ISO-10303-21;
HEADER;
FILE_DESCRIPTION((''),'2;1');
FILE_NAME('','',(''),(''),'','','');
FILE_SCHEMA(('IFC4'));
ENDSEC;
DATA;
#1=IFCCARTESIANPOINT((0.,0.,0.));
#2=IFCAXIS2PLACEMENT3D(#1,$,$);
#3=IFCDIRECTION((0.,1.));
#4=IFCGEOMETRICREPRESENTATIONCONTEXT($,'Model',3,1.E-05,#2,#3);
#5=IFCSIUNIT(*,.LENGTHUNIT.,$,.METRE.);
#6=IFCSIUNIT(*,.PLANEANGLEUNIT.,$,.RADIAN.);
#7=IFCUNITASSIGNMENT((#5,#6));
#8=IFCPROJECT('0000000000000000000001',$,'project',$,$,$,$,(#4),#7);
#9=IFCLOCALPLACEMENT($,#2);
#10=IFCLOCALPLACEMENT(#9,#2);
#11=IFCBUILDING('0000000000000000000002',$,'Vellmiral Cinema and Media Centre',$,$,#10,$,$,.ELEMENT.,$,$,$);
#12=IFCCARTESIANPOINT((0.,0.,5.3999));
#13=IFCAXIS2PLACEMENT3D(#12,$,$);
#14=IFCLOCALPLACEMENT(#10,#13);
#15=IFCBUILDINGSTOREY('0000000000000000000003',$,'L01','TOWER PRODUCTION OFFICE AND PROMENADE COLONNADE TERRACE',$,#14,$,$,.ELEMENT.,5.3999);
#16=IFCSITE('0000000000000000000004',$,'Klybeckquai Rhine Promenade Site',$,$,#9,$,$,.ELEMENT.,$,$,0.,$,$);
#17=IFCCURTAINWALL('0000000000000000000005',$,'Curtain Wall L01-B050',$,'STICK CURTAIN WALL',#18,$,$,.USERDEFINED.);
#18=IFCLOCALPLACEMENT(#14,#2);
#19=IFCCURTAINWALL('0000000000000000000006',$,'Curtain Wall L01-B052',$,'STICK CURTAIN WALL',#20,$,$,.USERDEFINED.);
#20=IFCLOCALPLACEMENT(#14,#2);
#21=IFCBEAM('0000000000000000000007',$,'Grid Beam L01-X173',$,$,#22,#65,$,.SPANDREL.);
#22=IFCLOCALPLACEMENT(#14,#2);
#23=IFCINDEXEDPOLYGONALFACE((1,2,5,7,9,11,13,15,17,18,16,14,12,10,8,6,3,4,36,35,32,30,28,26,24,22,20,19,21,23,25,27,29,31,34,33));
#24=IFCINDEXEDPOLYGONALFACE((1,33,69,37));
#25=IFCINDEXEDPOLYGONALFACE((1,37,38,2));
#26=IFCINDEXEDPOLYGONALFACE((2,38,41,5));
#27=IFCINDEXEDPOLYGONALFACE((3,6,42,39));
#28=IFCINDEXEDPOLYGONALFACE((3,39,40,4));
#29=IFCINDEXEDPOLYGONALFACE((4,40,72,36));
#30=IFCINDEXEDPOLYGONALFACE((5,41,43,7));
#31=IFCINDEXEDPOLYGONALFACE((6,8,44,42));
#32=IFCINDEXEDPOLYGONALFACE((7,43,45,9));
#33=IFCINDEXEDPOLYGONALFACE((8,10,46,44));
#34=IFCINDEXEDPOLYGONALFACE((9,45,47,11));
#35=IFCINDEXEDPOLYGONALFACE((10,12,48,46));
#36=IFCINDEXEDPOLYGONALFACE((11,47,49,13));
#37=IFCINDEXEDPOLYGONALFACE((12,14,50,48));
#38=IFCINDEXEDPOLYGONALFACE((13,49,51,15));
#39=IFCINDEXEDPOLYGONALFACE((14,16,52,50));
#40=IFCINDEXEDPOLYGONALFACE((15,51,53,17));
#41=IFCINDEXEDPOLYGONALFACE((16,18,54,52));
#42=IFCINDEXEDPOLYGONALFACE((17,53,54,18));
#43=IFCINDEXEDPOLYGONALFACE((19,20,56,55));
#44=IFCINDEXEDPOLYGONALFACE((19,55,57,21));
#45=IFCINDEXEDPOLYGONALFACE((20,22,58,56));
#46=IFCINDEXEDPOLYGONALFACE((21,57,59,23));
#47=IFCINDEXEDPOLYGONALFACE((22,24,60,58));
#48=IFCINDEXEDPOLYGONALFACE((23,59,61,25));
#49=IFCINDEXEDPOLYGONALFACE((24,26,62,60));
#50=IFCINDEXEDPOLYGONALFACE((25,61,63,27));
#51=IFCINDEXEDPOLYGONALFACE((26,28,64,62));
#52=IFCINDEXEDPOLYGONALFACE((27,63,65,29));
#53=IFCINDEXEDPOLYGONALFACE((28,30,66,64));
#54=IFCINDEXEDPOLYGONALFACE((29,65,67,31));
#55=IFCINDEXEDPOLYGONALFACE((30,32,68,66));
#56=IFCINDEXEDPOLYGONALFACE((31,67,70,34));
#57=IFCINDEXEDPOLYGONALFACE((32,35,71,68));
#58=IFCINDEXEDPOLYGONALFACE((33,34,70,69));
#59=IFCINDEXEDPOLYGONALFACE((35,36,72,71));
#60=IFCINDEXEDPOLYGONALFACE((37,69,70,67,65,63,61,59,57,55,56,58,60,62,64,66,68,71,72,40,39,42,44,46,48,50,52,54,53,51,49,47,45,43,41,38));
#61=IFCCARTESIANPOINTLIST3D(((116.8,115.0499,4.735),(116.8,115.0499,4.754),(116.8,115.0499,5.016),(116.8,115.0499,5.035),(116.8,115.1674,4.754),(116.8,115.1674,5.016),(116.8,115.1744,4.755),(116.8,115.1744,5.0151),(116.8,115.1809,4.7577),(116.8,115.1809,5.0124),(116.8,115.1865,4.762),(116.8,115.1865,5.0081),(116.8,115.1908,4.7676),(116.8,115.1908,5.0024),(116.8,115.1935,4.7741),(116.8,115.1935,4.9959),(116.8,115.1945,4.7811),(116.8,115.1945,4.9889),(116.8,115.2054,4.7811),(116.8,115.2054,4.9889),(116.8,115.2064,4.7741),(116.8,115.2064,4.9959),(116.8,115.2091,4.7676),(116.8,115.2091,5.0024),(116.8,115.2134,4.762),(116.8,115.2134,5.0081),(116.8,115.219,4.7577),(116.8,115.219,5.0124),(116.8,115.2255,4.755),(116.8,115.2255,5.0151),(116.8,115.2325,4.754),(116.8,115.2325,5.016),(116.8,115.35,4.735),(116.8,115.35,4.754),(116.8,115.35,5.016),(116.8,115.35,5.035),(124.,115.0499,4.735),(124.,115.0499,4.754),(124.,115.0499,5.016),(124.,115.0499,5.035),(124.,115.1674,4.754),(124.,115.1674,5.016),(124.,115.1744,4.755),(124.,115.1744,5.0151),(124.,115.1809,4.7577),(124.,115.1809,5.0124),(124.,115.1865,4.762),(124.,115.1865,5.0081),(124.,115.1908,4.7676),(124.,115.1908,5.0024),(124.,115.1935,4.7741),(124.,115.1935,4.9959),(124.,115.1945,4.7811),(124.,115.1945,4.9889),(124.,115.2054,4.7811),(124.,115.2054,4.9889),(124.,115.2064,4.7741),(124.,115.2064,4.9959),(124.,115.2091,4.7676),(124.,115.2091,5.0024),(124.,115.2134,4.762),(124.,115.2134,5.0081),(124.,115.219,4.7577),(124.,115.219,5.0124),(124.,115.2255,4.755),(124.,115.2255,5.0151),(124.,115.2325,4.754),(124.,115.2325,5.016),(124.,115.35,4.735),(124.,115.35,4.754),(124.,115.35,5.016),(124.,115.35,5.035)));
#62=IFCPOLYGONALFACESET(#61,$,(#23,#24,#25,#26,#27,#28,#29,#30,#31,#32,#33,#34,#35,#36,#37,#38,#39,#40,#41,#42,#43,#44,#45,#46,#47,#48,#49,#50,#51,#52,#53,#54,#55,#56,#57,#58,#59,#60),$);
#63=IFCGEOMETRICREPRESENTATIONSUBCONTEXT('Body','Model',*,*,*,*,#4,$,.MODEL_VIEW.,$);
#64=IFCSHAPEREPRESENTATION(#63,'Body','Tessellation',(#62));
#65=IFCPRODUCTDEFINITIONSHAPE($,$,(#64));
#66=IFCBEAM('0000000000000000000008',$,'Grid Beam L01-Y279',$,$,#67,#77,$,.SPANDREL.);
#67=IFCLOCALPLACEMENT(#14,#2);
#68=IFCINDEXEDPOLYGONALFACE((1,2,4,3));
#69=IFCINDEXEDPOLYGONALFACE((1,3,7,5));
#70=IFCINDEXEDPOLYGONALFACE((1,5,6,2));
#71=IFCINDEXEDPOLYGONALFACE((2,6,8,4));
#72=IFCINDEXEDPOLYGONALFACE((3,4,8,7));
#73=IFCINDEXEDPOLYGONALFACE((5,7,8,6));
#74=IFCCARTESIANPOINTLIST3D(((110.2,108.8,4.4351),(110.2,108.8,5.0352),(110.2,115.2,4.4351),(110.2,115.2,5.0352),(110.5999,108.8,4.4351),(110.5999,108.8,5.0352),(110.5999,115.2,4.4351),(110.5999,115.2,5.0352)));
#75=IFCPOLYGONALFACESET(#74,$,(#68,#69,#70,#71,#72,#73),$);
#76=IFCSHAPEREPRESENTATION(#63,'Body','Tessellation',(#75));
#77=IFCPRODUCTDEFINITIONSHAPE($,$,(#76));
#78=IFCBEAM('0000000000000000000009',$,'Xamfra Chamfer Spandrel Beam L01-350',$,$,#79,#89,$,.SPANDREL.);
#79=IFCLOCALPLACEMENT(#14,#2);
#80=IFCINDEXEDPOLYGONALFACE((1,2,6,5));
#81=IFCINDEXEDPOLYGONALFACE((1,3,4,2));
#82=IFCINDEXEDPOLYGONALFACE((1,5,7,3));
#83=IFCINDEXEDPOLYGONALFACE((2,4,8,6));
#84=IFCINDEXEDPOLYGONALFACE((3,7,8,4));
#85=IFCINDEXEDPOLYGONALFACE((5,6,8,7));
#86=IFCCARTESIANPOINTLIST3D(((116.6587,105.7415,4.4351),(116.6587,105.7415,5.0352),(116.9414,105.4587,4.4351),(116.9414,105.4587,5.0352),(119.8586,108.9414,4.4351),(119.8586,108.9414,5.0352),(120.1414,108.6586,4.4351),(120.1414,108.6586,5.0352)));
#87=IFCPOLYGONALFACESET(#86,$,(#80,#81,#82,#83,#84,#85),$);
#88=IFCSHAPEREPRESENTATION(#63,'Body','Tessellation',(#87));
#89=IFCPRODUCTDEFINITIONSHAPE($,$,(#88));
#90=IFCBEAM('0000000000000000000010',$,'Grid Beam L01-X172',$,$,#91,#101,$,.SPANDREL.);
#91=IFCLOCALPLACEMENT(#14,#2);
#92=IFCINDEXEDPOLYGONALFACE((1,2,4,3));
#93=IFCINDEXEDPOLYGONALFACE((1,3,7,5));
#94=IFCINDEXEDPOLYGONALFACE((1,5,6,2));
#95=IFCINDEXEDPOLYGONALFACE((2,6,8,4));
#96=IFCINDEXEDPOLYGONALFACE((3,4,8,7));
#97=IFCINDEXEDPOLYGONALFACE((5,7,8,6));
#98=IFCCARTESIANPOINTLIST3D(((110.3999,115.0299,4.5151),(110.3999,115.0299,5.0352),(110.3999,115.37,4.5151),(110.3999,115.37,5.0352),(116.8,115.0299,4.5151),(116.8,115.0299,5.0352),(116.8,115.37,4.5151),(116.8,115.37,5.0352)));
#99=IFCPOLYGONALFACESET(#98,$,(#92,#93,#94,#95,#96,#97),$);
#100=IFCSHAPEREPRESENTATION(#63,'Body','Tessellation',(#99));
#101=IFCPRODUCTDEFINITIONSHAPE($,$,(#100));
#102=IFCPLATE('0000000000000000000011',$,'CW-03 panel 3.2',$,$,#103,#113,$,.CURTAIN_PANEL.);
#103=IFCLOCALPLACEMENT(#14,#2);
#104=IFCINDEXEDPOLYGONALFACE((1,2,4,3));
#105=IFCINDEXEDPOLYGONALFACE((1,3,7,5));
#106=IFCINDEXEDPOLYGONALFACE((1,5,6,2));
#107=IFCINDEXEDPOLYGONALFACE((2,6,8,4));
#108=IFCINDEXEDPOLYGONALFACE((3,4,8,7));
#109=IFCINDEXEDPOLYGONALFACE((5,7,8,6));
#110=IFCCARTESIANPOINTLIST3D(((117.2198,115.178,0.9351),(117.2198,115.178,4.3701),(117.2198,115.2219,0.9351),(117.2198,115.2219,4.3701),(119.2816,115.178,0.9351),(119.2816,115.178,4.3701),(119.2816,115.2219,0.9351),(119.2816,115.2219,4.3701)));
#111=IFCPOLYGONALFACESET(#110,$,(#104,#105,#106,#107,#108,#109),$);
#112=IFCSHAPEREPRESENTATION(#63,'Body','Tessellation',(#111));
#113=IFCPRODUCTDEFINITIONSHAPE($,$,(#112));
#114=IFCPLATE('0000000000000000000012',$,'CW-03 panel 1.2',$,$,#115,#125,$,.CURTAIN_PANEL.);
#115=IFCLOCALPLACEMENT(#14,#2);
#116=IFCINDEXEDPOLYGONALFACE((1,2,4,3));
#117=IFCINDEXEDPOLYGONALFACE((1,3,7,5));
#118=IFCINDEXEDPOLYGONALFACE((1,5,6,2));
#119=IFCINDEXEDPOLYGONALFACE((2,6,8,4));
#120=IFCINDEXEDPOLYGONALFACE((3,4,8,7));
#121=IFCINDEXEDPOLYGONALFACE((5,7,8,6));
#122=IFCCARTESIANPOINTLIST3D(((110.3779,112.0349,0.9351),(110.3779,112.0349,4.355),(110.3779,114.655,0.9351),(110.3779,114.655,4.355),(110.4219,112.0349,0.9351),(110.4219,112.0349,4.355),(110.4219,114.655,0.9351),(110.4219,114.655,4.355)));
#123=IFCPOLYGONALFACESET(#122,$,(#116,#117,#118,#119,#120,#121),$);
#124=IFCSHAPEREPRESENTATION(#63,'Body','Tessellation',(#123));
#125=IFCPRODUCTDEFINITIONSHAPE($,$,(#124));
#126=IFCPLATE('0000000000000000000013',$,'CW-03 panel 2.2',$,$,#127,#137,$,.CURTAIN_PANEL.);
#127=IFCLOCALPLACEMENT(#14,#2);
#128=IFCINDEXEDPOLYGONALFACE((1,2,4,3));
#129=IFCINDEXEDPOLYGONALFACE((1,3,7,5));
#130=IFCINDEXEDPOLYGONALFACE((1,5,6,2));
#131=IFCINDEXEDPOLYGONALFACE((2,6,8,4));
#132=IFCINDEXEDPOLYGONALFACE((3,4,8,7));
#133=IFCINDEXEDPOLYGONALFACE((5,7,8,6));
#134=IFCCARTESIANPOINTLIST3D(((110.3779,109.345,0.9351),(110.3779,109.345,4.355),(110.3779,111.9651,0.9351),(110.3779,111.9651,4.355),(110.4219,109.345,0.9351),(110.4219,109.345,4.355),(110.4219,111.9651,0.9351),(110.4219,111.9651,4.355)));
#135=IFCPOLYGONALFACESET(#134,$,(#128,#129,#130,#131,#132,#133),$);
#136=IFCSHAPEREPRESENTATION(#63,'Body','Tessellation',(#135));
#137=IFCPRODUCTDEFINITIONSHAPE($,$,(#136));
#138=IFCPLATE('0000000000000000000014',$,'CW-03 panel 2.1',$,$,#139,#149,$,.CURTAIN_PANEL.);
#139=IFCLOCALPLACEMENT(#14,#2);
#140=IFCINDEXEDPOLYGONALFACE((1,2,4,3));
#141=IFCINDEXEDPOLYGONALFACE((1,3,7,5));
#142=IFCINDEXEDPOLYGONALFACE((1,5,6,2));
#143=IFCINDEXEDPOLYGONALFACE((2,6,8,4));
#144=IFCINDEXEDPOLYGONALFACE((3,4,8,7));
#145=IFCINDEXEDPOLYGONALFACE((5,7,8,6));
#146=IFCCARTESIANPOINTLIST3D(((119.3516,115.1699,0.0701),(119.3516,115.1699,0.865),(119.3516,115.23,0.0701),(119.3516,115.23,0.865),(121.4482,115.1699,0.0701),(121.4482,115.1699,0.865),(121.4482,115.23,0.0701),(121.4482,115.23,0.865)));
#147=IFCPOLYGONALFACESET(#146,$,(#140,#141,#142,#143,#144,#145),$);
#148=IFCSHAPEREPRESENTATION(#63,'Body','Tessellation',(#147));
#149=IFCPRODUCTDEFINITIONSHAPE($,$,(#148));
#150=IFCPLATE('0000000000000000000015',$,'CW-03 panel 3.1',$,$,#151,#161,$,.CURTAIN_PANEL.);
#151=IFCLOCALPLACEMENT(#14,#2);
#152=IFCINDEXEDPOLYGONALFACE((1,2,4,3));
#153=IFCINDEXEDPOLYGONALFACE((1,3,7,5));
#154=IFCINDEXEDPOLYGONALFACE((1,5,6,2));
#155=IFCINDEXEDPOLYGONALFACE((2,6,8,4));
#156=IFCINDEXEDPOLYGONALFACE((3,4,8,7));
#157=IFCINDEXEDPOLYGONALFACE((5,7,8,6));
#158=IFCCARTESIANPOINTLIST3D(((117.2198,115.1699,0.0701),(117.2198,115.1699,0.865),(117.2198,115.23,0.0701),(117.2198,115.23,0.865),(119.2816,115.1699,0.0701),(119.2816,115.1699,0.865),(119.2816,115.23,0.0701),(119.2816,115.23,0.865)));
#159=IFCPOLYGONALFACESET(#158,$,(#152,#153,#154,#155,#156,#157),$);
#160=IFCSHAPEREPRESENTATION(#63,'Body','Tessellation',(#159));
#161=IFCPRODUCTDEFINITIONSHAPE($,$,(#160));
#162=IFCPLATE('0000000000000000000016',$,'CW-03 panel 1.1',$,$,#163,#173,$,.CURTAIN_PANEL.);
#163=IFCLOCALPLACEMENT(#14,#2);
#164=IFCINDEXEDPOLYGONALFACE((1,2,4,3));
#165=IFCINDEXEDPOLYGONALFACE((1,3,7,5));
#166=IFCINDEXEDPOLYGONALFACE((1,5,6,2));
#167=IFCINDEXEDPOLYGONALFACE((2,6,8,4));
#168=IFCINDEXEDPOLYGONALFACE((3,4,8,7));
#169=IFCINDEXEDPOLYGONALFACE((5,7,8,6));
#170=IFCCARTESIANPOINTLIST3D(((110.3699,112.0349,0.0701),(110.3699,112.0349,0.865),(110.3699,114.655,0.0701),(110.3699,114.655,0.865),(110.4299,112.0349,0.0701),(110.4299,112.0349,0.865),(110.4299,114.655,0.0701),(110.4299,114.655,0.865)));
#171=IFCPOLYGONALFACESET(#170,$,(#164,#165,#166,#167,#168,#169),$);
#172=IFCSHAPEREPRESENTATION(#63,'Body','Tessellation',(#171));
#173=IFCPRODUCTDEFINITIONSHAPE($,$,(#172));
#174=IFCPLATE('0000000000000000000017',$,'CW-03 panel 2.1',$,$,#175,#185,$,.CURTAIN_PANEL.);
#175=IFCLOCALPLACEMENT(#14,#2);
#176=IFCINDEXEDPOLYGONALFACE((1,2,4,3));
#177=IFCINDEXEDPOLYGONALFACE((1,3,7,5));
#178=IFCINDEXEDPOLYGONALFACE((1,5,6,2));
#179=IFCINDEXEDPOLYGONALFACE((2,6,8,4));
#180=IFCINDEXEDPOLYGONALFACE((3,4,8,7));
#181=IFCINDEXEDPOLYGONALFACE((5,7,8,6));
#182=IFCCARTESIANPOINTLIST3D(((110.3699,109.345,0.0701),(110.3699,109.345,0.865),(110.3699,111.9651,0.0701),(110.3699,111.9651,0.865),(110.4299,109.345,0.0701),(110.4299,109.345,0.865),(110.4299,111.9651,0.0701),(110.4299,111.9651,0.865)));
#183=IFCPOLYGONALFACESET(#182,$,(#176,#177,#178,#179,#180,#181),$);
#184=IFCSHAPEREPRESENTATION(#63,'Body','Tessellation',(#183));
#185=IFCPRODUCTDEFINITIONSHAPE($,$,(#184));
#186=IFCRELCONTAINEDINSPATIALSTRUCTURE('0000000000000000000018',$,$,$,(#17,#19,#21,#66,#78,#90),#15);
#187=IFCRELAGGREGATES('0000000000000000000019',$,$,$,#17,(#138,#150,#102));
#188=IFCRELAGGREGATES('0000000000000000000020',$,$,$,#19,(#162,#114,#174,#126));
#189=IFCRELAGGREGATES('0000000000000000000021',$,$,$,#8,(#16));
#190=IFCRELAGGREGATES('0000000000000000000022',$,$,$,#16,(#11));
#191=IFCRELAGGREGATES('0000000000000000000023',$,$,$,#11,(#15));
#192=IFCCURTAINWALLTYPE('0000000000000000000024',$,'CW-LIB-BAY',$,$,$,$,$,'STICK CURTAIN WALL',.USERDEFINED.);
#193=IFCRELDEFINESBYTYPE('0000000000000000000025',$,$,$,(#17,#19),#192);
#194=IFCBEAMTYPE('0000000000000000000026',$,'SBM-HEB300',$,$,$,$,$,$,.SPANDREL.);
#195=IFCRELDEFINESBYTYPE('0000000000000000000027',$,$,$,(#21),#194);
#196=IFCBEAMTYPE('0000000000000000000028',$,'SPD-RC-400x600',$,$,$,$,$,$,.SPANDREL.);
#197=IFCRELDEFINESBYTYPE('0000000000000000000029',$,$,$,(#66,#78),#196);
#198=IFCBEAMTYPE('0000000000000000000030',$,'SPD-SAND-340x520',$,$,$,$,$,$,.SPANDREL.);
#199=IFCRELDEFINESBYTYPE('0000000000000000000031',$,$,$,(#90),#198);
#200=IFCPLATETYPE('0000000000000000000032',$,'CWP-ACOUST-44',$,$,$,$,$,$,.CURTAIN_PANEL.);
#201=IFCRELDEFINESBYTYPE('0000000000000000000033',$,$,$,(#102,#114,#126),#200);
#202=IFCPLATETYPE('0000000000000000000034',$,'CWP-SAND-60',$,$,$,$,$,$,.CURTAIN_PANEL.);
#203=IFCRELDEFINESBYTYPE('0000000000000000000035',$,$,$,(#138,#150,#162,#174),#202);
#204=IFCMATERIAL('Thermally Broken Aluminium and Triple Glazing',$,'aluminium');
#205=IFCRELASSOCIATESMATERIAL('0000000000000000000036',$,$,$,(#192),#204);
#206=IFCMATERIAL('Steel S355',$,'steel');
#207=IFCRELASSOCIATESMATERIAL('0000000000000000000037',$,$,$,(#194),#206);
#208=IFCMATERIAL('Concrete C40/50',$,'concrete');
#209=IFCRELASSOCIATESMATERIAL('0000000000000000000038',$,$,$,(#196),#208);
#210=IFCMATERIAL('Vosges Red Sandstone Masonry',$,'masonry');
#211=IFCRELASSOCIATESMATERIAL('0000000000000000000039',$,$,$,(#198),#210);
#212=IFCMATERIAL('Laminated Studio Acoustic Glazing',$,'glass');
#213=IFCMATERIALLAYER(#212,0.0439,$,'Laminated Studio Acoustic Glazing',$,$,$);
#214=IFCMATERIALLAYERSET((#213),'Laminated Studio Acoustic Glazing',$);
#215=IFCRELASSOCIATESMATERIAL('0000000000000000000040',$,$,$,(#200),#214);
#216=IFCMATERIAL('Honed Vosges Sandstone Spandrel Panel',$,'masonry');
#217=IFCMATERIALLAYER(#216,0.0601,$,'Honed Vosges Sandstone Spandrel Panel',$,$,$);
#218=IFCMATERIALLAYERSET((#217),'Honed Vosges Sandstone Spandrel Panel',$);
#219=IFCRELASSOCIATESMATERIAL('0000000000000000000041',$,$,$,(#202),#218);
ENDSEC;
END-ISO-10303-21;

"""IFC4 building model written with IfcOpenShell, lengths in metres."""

from ifc_helpers import new_model, si_unit, direction, frame, origin, origin_2d, place, context, subcontext, project, spatial, rectangle, i_section, extrude, material, layer, layer_set, material_profile, profile_set, type_object, element, aggregate, save


model = new_model("IFC4")

# Units and contexts
model_context = context("Model", 3, precision=1e-05, world=origin(), true_north=direction((0.0, 1.0)))
body_context = subcontext(model_context, "Body", "Model", "MODEL_VIEW")
ifc_project = project(units=[si_unit("LENGTHUNIT", "METRE"), si_unit("PLANEANGLEUNIT", "RADIAN")], contexts=[model_context])

# Site, building, storey
site_placement = place(None, origin())
site = spatial("IfcSite", under=ifc_project, at=site_placement, Name="Klybeckquai Rhine Promenade Site", CompositionType="ELEMENT", RefElevation=0.0)
building_placement = place(site_placement, origin())
building = spatial("IfcBuilding", under=site, at=building_placement, Name="Vellmiral Cinema and Media Centre", CompositionType="ELEMENT")
storey_placement = place(building_placement, frame((0.0, 0.0, 5.3999)))
storey = spatial("IfcBuildingStorey", under=building, at=storey_placement, Name="L01", Description="TOWER PRODUCTION OFFICE AND PROMENADE COLONNADE TERRACE", CompositionType="ELEMENT", Elevation=5.3999)

# Curtain walls
ifc_material_1 = material(Name="Thermally Broken Aluminium and Triple Glazing", Category="aluminium")
curtain_wall_type = type_object("IfcCurtainWallType", Name="CW-LIB-BAY", ElementType="STICK CURTAIN WALL", PredefinedType="USERDEFINED", material=ifc_material_1)
curtain_wall_1_placement = place(storey_placement, origin())
curtain_wall_1 = element("IfcCurtainWall", 1, at=curtain_wall_1_placement, inside=storey, type_object=curtain_wall_type, Name="Curtain Wall L01-B050", ObjectType="STICK CURTAIN WALL", PredefinedType="USERDEFINED")
curtain_wall_2_placement = place(storey_placement, origin())
curtain_wall_2 = element("IfcCurtainWall", 2, at=curtain_wall_2_placement, inside=storey, type_object=curtain_wall_type, Name="Curtain Wall L01-B052", ObjectType="STICK CURTAIN WALL", PredefinedType="USERDEFINED")

# Beams
ifc_material_2 = material(Name="Steel S355", Category="steel")
ifc_material_profile_1 = material_profile(ifc_material_2, i_section(OverallWidth=0.3, OverallDepth=0.3, WebThickness=0.011, FlangeThickness=0.019, FilletRadius=0.0271, at=origin_2d()), Name="HEB 300")
ifc_profile_set_1 = profile_set([ifc_material_profile_1], Name="Steel S355")
beam_type_1 = type_object("IfcBeamType", Name="SBM-HEB300", PredefinedType="SPANDREL", material=ifc_profile_set_1)
beam_1_placement = place(storey_placement, frame((116.8, 115.2, 4.885), z_axis=(1.0, 0.0, 0.0), x_axis=(0.0, 1.0, 0.0)))
element("IfcBeam", 3, at=beam_1_placement, inside=storey, type_object=beam_type_1, Name="Grid Beam L01-X173", PredefinedType="SPANDREL", context=body_context, shape_type="SweptSolid", body=[
    extrude(i_section(OverallWidth=0.3, OverallDepth=0.3, WebThickness=0.011, FlangeThickness=0.019, FilletRadius=0.0271, at=origin_2d()), origin(), (0.0, 0.0, 1.0), 7.2),
])
ifc_material_3 = material(Name="Concrete C40/50", Category="concrete")
ifc_material_profile_2 = material_profile(ifc_material_3, rectangle(XDim=0.3999, YDim=0.6001, at=origin_2d()), Name="RC 400x600")
ifc_profile_set_2 = profile_set([ifc_material_profile_2], Name="Concrete C40/50")
beam_type_2 = type_object("IfcBeamType", Name="SPD-RC-400x600", PredefinedType="SPANDREL", material=ifc_profile_set_2)
beam_2_placement = place(storey_placement, frame((110.3999, 108.8, 4.7351), z_axis=(0.0, 1.0, 0.0), x_axis=(-1.0, 0.0, 0.0)))
element("IfcBeam", 4, at=beam_2_placement, inside=storey, type_object=beam_type_2, Name="Grid Beam L01-Y279", PredefinedType="SPANDREL", context=body_context, shape_type="SweptSolid", body=[
    extrude(rectangle(XDim=0.3999, YDim=0.6001, at=origin_2d()), origin(), (0.0, 0.0, 1.0), 6.3999),
])
beam_3_placement = place(storey_placement, frame((116.8, 105.6001, 4.7351), z_axis=(0.707107, 0.707107, 0.0), x_axis=(-0.707107, 0.707107, 0.0)))
element("IfcBeam", 5, at=beam_3_placement, inside=storey, type_object=beam_type_2, Name="Xamfra Chamfer Spandrel Beam L01-350", PredefinedType="SPANDREL", context=body_context, shape_type="SweptSolid", body=[
    extrude(rectangle(XDim=0.3999, YDim=0.6001, at=origin_2d()), origin(), (0.0, 0.0, 1.0), 4.5254),
])
ifc_material_4 = material(Name="Vosges Red Sandstone Masonry", Category="masonry")
ifc_material_profile_3 = material_profile(ifc_material_4, rectangle(XDim=0.3401, YDim=0.52, at=origin_2d()), Name="SAND 340x520")
ifc_profile_set_3 = profile_set([ifc_material_profile_3], Name="Vosges Red Sandstone Masonry")
beam_type_3 = type_object("IfcBeamType", Name="SPD-SAND-340x520", PredefinedType="SPANDREL", material=ifc_profile_set_3)
beam_4_placement = place(storey_placement, frame((110.3999, 115.2, 4.7751), z_axis=(1.0, 0.0, 0.0), x_axis=(0.0, 1.0, 0.0)))
element("IfcBeam", 6, at=beam_4_placement, inside=storey, type_object=beam_type_3, Name="Grid Beam L01-X172", PredefinedType="SPANDREL", context=body_context, shape_type="SweptSolid", body=[
    extrude(rectangle(XDim=0.3401, YDim=0.52, at=origin_2d()), origin(), (0.0, 0.0, 1.0), 6.4001),
])

# Plates
ifc_material_5 = material(Name="Laminated Studio Acoustic Glazing", Category="glass")
ifc_layer_1 = layer(ifc_material_5, 0.0439, Name="Laminated Studio Acoustic Glazing")
ifc_layer_set_1 = layer_set([ifc_layer_1], Name="Laminated Studio Acoustic Glazing")
plate_type_1 = type_object("IfcPlateType", Name="CWP-ACOUST-44", PredefinedType="CURTAIN_PANEL", material=ifc_layer_set_1)
plate_1_placement = place(storey_placement, frame((118.2507, 115.2, 0.9351), z_axis=(0.0, 0.0, 1.0), x_axis=(-1.0, 0.0, 0.0)))
plate_1 = element("IfcPlate", 7, at=plate_1_placement, type_object=plate_type_1, Name="CW-03 panel 3.2", PredefinedType="CURTAIN_PANEL", context=body_context, shape_type="SweptSolid", body=[
    extrude(rectangle(XDim=2.0618, YDim=0.0439, at=origin_2d()), origin(), (0.0, 0.0, 1.0), 3.4351),
])
plate_2_placement = place(storey_placement, frame((110.3999, 113.345, 0.9351), z_axis=(0.0, 0.0, 1.0), x_axis=(0.0, -1.0, 0.0)))
plate_2 = element("IfcPlate", 8, at=plate_2_placement, type_object=plate_type_1, Name="CW-03 panel 1.2", PredefinedType="CURTAIN_PANEL", context=body_context, shape_type="SweptSolid", body=[
    extrude(rectangle(XDim=2.6201, YDim=0.0439, at=origin_2d()), origin(), (0.0, 0.0, 1.0), 3.4199),
])
plate_3_placement = place(storey_placement, frame((110.3999, 110.655, 0.9351), z_axis=(0.0, 0.0, 1.0), x_axis=(0.0, -1.0, 0.0)))
plate_3 = element("IfcPlate", 9, at=plate_3_placement, type_object=plate_type_1, Name="CW-03 panel 2.2", PredefinedType="CURTAIN_PANEL", context=body_context, shape_type="SweptSolid", body=[
    extrude(rectangle(XDim=2.6201, YDim=0.0439, at=origin_2d()), origin(), (0.0, 0.0, 1.0), 3.4199),
])
ifc_material_6 = material(Name="Honed Vosges Sandstone Spandrel Panel", Category="masonry")
ifc_layer_2 = layer(ifc_material_6, 0.0601, Name="Honed Vosges Sandstone Spandrel Panel")
ifc_layer_set_2 = layer_set([ifc_layer_2], Name="Honed Vosges Sandstone Spandrel Panel")
plate_type_2 = type_object("IfcPlateType", Name="CWP-SAND-60", PredefinedType="CURTAIN_PANEL", material=ifc_layer_set_2)
plate_4_placement = place(storey_placement, frame((120.3999, 115.2, 0.0701), z_axis=(0.0, 0.0, 1.0), x_axis=(-1.0, 0.0, 0.0)))
plate_4 = element("IfcPlate", 10, at=plate_4_placement, type_object=plate_type_2, Name="CW-03 panel 2.1", PredefinedType="CURTAIN_PANEL", context=body_context, shape_type="SweptSolid", body=[
    extrude(rectangle(XDim=2.0967, YDim=0.0601, at=origin_2d()), origin(), (0.0, 0.0, 1.0), 0.7949),
])
plate_5_placement = place(storey_placement, frame((118.2507, 115.2, 0.0701), z_axis=(0.0, 0.0, 1.0), x_axis=(-1.0, 0.0, 0.0)))
plate_5 = element("IfcPlate", 11, at=plate_5_placement, type_object=plate_type_2, Name="CW-03 panel 3.1", PredefinedType="CURTAIN_PANEL", context=body_context, shape_type="SweptSolid", body=[
    extrude(rectangle(XDim=2.0618, YDim=0.0601, at=origin_2d()), origin(), (0.0, 0.0, 1.0), 0.7949),
])
aggregate(curtain_wall_1, [plate_4, plate_5, plate_1])
plate_6_placement = place(storey_placement, frame((110.3999, 113.345, 0.0701), z_axis=(0.0, 0.0, 1.0), x_axis=(0.0, -1.0, 0.0)))
plate_6 = element("IfcPlate", 12, at=plate_6_placement, type_object=plate_type_2, Name="CW-03 panel 1.1", PredefinedType="CURTAIN_PANEL", context=body_context, shape_type="SweptSolid", body=[
    extrude(rectangle(XDim=2.6201, YDim=0.0601, at=origin_2d()), origin(), (0.0, 0.0, 1.0), 0.7949),
])
plate_7_placement = place(storey_placement, frame((110.3999, 110.655, 0.0701), z_axis=(0.0, 0.0, 1.0), x_axis=(0.0, -1.0, 0.0)))
plate_7 = element("IfcPlate", 13, at=plate_7_placement, type_object=plate_type_2, Name="CW-03 panel 2.1", PredefinedType="CURTAIN_PANEL", context=body_context, shape_type="SweptSolid", body=[
    extrude(rectangle(XDim=2.6201, YDim=0.0601, at=origin_2d()), origin(), (0.0, 0.0, 1.0), 0.7949),
])
aggregate(curtain_wall_2, [plate_6, plate_2, plate_7, plate_3])

save(model, "model.ifc")
